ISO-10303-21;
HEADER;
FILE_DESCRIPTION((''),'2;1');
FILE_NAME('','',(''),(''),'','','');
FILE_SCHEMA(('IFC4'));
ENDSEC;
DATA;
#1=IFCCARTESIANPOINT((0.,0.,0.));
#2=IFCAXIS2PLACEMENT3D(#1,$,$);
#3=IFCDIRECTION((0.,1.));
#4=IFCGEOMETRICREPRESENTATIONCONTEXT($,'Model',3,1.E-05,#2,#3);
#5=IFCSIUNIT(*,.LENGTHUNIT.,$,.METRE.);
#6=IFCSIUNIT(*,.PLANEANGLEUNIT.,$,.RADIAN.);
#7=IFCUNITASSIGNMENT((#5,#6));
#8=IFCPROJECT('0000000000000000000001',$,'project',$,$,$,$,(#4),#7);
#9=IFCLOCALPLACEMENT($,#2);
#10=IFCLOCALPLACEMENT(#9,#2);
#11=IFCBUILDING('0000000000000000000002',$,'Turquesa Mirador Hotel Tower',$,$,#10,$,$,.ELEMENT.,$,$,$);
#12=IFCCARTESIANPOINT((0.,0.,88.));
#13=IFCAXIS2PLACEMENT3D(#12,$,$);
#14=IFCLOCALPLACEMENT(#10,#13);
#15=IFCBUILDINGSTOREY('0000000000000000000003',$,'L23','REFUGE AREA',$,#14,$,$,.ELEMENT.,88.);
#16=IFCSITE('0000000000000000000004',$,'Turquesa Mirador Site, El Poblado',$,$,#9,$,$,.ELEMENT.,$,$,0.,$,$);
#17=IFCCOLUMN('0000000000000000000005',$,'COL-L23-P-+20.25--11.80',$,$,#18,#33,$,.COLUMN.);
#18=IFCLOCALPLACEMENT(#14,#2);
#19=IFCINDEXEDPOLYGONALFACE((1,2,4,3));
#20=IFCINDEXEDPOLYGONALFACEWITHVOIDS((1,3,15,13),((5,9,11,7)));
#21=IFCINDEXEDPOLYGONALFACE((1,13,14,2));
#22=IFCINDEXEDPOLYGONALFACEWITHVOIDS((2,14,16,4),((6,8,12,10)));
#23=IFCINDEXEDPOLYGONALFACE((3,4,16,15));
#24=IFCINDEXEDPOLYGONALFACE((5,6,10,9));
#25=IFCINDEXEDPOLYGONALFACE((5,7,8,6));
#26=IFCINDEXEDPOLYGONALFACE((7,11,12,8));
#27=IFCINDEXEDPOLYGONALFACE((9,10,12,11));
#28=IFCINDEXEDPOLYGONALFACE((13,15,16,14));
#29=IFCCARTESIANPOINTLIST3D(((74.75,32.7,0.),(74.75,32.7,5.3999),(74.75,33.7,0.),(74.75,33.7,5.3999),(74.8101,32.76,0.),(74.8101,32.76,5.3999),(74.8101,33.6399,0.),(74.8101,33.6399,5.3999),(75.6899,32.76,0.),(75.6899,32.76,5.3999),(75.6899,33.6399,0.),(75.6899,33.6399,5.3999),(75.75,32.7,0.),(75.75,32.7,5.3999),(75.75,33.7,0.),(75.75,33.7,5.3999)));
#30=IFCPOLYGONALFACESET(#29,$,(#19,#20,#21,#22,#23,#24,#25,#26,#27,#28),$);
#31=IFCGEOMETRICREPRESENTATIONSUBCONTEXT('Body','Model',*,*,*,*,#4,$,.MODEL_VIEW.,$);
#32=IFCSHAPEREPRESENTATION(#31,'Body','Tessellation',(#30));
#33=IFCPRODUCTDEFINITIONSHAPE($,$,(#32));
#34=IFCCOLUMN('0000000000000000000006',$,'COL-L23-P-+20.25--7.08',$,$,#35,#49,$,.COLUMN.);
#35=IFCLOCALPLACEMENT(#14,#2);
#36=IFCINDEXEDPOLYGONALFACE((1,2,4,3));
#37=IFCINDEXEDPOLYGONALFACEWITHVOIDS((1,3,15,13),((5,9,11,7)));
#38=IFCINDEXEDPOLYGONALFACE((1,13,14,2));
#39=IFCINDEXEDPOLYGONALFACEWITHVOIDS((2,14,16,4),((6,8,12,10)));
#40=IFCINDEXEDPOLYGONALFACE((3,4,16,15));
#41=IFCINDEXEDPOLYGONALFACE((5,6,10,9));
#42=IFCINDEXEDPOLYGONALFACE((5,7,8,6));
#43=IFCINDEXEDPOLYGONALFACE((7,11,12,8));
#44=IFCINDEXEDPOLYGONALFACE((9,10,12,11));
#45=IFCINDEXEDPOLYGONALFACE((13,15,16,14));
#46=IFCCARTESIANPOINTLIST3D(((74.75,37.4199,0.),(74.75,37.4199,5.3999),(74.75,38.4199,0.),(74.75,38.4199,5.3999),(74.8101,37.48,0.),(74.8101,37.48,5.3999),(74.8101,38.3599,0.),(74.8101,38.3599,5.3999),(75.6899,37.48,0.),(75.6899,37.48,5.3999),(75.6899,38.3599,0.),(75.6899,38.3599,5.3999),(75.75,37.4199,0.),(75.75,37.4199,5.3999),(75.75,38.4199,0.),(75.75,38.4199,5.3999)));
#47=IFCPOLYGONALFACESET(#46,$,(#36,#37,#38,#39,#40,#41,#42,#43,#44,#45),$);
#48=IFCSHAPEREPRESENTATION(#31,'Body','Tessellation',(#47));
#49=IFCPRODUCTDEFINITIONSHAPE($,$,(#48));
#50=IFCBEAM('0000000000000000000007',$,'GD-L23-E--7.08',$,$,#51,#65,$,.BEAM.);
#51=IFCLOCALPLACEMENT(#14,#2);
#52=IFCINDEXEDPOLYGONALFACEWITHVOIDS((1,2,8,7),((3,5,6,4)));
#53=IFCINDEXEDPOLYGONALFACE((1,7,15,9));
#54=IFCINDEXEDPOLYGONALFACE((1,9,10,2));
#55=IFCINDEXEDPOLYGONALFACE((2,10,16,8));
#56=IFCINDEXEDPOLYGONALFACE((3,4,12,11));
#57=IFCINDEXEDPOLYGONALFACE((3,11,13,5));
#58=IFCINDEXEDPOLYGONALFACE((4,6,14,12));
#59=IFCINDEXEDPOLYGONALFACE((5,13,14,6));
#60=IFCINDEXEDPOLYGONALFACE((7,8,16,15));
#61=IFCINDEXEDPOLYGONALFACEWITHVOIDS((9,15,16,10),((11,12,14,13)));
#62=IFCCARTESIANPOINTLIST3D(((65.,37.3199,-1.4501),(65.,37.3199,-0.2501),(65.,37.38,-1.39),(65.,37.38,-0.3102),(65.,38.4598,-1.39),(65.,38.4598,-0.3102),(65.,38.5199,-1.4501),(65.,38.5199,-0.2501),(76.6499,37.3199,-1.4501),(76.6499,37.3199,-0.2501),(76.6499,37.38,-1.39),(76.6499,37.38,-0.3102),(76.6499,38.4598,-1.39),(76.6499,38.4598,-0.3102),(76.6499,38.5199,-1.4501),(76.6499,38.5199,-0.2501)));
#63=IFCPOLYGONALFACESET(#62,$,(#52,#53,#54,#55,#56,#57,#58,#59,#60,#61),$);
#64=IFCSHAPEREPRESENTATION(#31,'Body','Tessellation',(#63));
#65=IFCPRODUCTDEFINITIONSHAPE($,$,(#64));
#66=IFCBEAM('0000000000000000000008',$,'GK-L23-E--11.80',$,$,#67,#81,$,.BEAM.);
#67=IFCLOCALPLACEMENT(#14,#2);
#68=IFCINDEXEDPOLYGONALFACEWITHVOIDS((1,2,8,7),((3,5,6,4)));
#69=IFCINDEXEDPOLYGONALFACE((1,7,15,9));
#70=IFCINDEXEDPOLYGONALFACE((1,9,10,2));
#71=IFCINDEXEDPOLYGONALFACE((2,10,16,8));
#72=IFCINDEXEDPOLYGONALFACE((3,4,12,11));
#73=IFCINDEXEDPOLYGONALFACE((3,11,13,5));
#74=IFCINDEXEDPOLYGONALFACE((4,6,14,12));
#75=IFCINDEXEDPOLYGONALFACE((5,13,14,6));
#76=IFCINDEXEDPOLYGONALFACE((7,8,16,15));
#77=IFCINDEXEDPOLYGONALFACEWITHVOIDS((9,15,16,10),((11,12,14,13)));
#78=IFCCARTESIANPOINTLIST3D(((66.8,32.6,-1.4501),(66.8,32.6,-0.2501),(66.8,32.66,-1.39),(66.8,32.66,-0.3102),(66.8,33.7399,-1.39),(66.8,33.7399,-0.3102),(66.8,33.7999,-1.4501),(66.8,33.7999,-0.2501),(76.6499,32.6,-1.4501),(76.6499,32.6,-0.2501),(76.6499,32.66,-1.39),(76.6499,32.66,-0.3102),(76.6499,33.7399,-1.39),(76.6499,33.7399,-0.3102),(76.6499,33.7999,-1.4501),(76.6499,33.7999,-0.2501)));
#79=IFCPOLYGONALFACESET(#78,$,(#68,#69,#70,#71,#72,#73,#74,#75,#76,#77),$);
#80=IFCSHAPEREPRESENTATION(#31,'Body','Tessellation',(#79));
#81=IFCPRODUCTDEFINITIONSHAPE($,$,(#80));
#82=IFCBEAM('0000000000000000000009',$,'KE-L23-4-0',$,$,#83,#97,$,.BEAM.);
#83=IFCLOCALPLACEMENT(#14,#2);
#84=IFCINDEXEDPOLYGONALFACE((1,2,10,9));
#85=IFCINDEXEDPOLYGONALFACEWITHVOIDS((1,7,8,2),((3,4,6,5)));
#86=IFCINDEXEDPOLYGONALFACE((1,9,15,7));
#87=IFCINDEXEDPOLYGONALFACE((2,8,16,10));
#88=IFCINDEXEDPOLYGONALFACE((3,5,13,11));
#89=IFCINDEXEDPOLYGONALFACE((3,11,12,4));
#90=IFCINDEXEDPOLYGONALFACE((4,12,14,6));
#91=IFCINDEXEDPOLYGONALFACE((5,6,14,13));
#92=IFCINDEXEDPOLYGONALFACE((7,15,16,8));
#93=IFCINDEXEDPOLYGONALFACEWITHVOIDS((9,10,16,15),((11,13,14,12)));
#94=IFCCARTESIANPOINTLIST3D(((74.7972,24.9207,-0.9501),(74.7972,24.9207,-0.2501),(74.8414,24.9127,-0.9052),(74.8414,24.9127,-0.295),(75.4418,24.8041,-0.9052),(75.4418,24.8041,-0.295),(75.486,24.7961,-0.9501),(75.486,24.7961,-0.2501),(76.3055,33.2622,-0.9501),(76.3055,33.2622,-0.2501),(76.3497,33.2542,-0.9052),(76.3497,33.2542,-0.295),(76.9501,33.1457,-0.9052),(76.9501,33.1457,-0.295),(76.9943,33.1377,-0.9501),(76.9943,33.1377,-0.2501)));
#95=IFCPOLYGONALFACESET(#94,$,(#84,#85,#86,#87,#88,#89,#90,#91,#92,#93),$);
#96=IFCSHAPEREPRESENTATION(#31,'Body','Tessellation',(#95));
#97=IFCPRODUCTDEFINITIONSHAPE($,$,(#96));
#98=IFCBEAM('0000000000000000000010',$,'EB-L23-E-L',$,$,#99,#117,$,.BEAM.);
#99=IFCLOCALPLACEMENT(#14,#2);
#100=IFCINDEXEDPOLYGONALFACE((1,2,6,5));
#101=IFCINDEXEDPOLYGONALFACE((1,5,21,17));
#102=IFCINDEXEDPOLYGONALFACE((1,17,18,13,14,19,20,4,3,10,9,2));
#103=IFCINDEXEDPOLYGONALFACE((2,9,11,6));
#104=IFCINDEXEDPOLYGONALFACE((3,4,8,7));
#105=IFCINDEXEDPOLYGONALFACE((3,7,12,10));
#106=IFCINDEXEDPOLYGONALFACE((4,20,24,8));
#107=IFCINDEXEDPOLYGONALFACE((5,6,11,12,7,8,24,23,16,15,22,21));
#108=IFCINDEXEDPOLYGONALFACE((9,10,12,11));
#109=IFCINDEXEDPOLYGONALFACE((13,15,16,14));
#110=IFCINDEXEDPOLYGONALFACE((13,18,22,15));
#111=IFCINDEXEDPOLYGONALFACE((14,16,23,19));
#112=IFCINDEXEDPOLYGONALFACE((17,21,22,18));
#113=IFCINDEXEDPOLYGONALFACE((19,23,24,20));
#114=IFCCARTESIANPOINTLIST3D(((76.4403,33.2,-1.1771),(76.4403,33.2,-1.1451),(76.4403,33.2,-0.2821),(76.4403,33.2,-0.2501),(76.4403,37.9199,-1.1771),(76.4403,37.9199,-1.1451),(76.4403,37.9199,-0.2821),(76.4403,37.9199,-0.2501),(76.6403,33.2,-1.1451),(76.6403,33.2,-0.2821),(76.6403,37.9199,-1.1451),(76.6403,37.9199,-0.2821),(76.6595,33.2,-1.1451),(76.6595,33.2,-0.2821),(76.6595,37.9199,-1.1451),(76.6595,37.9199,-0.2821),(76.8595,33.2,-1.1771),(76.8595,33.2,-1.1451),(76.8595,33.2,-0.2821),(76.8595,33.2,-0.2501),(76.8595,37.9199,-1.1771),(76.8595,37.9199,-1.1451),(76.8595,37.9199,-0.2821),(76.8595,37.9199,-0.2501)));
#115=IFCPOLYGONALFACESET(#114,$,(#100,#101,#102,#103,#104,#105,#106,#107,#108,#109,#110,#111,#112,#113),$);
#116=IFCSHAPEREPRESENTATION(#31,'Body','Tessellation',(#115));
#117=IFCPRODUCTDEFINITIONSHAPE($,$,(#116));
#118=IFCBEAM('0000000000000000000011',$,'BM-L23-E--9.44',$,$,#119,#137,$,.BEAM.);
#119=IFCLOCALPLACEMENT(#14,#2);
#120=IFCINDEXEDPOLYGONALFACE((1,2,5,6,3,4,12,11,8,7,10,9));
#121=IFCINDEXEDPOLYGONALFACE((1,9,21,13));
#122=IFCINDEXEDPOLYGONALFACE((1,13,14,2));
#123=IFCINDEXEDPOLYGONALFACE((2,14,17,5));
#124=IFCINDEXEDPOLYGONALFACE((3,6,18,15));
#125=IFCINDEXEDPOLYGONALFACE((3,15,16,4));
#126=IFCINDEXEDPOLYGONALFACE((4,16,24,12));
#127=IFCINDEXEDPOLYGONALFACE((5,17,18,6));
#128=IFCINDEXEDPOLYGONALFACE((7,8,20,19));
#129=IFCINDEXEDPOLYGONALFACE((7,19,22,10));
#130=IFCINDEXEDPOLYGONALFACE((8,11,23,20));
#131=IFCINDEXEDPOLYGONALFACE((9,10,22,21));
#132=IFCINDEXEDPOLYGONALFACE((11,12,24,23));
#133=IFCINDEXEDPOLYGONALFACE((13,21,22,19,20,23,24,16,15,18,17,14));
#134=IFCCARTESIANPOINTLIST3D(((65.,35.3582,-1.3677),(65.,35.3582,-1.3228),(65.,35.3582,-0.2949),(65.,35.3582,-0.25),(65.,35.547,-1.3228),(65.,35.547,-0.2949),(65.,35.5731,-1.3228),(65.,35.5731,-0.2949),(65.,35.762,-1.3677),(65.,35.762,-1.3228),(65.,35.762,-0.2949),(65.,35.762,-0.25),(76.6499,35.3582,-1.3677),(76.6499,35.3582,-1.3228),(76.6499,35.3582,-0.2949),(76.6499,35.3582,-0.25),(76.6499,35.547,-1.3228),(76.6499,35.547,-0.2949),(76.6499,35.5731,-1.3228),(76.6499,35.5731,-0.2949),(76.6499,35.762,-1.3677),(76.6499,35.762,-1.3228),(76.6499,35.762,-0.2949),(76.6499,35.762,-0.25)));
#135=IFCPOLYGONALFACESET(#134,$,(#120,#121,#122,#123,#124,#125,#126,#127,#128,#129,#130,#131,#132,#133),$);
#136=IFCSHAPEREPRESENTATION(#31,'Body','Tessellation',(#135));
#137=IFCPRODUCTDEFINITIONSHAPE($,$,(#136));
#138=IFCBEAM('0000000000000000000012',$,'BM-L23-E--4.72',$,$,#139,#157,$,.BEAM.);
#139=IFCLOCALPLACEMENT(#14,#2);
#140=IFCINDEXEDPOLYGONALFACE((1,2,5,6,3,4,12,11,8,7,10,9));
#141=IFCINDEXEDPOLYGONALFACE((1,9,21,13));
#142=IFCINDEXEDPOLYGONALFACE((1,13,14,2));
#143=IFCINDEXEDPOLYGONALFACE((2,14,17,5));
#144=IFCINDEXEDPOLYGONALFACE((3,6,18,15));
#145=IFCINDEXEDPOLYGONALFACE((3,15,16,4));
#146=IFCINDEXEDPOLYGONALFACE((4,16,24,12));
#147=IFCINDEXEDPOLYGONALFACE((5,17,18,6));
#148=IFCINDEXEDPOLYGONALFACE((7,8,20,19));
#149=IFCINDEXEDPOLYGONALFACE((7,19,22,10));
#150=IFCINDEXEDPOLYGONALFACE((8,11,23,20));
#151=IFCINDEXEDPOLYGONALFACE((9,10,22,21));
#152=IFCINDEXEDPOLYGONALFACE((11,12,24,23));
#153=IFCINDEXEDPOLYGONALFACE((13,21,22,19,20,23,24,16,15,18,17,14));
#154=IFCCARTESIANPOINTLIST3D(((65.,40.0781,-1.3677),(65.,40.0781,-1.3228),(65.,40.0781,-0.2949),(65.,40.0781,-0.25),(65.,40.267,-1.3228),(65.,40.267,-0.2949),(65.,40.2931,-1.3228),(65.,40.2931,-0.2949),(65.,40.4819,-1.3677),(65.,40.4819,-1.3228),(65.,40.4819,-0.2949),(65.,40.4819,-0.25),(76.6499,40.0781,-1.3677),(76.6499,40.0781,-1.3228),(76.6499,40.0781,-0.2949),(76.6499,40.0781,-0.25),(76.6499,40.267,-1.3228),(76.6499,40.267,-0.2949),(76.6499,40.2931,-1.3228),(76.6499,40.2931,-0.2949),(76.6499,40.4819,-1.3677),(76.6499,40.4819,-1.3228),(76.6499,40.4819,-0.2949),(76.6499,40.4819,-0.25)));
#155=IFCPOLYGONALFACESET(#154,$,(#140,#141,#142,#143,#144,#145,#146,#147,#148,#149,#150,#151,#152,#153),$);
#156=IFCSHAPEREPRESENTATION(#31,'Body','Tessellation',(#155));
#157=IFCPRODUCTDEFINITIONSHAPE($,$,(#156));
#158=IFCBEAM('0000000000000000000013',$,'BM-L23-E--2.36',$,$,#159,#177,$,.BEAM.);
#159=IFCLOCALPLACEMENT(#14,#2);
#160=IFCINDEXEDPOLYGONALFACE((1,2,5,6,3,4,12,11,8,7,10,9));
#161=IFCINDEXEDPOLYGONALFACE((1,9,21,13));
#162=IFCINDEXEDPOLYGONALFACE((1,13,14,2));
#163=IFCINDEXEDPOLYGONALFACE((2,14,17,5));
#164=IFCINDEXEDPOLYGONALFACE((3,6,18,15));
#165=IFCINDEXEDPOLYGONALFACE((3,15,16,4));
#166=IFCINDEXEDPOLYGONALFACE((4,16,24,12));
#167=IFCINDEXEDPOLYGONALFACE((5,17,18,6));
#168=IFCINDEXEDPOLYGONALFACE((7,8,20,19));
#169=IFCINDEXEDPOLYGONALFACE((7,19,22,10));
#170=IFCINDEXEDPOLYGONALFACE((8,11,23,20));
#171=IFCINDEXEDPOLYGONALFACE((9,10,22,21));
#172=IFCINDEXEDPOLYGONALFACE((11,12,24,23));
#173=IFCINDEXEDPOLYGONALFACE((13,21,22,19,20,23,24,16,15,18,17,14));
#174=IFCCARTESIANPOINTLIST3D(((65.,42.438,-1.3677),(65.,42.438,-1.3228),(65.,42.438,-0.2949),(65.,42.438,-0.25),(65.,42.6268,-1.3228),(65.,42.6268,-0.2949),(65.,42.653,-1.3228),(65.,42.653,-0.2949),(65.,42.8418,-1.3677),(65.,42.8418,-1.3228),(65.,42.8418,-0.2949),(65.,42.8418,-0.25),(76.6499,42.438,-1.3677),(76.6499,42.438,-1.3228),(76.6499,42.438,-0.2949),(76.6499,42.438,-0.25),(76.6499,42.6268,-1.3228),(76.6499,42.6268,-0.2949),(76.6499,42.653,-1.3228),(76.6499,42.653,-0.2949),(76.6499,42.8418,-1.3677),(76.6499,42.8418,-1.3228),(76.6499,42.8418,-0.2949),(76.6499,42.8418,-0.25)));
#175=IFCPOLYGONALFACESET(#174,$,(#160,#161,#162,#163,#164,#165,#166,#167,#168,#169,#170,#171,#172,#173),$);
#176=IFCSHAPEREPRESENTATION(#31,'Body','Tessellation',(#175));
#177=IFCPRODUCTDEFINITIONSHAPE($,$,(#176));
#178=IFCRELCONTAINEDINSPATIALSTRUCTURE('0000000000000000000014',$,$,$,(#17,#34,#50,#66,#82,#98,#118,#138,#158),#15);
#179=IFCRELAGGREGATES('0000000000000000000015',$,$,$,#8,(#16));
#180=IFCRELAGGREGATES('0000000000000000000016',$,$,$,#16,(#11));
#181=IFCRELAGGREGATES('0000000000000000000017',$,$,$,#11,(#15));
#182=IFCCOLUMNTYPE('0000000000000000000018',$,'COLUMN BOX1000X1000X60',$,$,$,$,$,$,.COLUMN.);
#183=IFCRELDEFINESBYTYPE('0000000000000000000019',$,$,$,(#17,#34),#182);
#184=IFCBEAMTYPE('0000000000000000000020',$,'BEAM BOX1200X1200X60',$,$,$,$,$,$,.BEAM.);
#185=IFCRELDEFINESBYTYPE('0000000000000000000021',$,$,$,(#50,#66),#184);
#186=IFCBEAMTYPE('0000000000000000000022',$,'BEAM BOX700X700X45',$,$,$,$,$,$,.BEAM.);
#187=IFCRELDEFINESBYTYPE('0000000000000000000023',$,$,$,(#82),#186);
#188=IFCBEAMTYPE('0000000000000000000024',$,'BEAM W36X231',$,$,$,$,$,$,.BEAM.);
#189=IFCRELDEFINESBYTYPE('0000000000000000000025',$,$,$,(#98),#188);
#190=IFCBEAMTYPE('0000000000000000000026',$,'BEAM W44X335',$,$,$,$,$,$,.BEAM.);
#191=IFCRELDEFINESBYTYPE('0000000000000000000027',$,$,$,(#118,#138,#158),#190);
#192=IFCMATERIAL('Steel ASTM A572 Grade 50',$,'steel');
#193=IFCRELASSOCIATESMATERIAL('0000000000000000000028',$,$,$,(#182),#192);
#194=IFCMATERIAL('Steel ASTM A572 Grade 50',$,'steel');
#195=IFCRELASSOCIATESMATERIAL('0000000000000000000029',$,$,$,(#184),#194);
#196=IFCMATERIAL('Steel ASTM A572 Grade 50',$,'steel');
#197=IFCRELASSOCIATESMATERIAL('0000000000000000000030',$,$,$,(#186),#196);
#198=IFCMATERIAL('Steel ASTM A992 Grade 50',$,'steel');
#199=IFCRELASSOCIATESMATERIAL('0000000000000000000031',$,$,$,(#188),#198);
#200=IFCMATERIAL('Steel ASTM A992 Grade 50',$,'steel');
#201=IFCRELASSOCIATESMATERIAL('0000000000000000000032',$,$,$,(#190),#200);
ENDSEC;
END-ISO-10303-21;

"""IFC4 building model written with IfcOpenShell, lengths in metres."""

from ifc_helpers import new_model, si_unit, direction, frame, origin, origin_2d, place, context, subcontext, project, spatial, hollow_rectangle, i_section, extrude, material, material_profile, profile_set, type_object, element, save


model = new_model("IFC4")

# Units and contexts
model_context = context("Model", 3, precision=1e-05, world=origin(), true_north=direction((0.0, 1.0)))
body_context = subcontext(model_context, "Body", "Model", "MODEL_VIEW")
ifc_project = project(units=[si_unit("LENGTHUNIT", "METRE"), si_unit("PLANEANGLEUNIT", "RADIAN")], contexts=[model_context])

# Site, building, storey
site_placement = place(None, origin())
site = spatial("IfcSite", under=ifc_project, at=site_placement, Name="Turquesa Mirador Site, El Poblado", CompositionType="ELEMENT", RefElevation=0.0)
building_placement = place(site_placement, origin())
building = spatial("IfcBuilding", under=site, at=building_placement, Name="Turquesa Mirador Hotel Tower", CompositionType="ELEMENT")
storey_placement = place(building_placement, frame((0.0, 0.0, 88.0)))
storey = spatial("IfcBuildingStorey", under=building, at=storey_placement, Name="L23", Description="REFUGE AREA", CompositionType="ELEMENT", Elevation=88.0)

# Columns
ifc_material_1 = material(Name="Steel ASTM A572 Grade 50", Category="steel")
ifc_material_profile_1 = material_profile(ifc_material_1, hollow_rectangle(XDim=1.0, YDim=1.0, WallThickness=0.0601, at=origin_2d()), Name="BOX1000X1000X60")
ifc_profile_set_1 = profile_set([ifc_material_profile_1], Name="Steel ASTM A572 Grade 50")
column_type = type_object("IfcColumnType", Name="COLUMN BOX1000X1000X60", PredefinedType="COLUMN", material=ifc_profile_set_1)
for number, where, z_axis, x_axis, name in (
    (1, (75.25, 33.2, 0.0), (0.0, 0.0, 1.0), (1.0, 0.0, 0.0), "COL-L23-P-+20.25--11.80"),
    (2, (75.25, 37.9199, 0.0), (0.0, 0.0, 1.0), (1.0, 0.0, 0.0), "COL-L23-P-+20.25--7.08"),
):
    element("IfcColumn", number, at=place(storey_placement, frame(where, z_axis=z_axis, x_axis=x_axis)), inside=storey, type_object=column_type, Name=name, PredefinedType="COLUMN", context=body_context, shape_type="SweptSolid", body=[
        extrude(hollow_rectangle(XDim=1.0, YDim=1.0, WallThickness=0.0601, at=origin_2d()), origin(), (0.0, 0.0, 1.0), 5.3999),
    ])

# Beams
ifc_material_2 = material(Name="Steel ASTM A572 Grade 50", Category="steel")
ifc_material_profile_2 = material_profile(ifc_material_2, hollow_rectangle(XDim=1.2, YDim=1.2, WallThickness=0.0601, at=origin_2d()), Name="BOX1200X1200X60")
ifc_profile_set_2 = profile_set([ifc_material_profile_2], Name="Steel ASTM A572 Grade 50")
beam_type_1 = type_object("IfcBeamType", Name="BEAM BOX1200X1200X60", PredefinedType="BEAM", material=ifc_profile_set_2)
beam_1_placement = place(storey_placement, frame((76.6499, 37.9199, -0.8501), z_axis=(-1.0, 0.0, 0.0), x_axis=(0.0, -1.0, 0.0)))
element("IfcBeam", 3, at=beam_1_placement, inside=storey, type_object=beam_type_1, Name="GD-L23-E--7.08", PredefinedType="BEAM", context=body_context, shape_type="SweptSolid", body=[
    extrude(hollow_rectangle(XDim=1.2, YDim=1.2, WallThickness=0.0601, at=origin_2d()), origin(), (0.0, 0.0, 1.0), 11.6499),
])
beam_2_placement = place(storey_placement, frame((76.6499, 33.2, -0.8501), z_axis=(-1.0, 0.0, 0.0), x_axis=(0.0, -1.0, 0.0)))
element("IfcBeam", 4, at=beam_2_placement, inside=storey, type_object=beam_type_1, Name="GK-L23-E--11.80", PredefinedType="BEAM", context=body_context, shape_type="SweptSolid", body=[
    extrude(hollow_rectangle(XDim=1.2, YDim=1.2, WallThickness=0.0601, at=origin_2d()), origin(), (0.0, 0.0, 1.0), 9.8499),
])
ifc_material_3 = material(Name="Steel ASTM A572 Grade 50", Category="steel")
ifc_material_profile_3 = material_profile(ifc_material_3, hollow_rectangle(XDim=0.7, YDim=0.7, WallThickness=0.0449, at=origin_2d()), Name="BOX700X700X45")
ifc_profile_set_3 = profile_set([ifc_material_profile_3], Name="Steel ASTM A572 Grade 50")
beam_type_2 = type_object("IfcBeamType", Name="BEAM BOX700X700X45", PredefinedType="BEAM", material=ifc_profile_set_3)
beam_3_placement = place(storey_placement, frame((76.6499, 33.2, -0.6001), z_axis=(-0.177932, -0.984043, 0.0), x_axis=(0.984043, -0.177932, 0.0)))
element("IfcBeam", 5, at=beam_3_placement, inside=storey, type_object=beam_type_2, Name="KE-L23-4-0", PredefinedType="BEAM", context=body_context, shape_type="SweptSolid", body=[
    extrude(hollow_rectangle(XDim=0.7, YDim=0.7, WallThickness=0.0449, at=origin_2d()), origin(), (0.0, 0.0, 1.0), 8.4768),
])
ifc_material_4 = material(Name="Steel ASTM A992 Grade 50", Category="steel")
ifc_material_profile_4 = material_profile(ifc_material_4, i_section(OverallWidth=0.4192, OverallDepth=0.927, WebThickness=0.0193, FlangeThickness=0.032, at=origin_2d()), Name="W36X231")
ifc_profile_set_4 = profile_set([ifc_material_profile_4], Name="Steel ASTM A992 Grade 50")
beam_type_3 = type_object("IfcBeamType", Name="BEAM W36X231", PredefinedType="BEAM", material=ifc_profile_set_4)
beam_4_placement = place(storey_placement, frame((76.6499, 33.2, -0.7136), z_axis=(0.0, 1.0, 0.0), x_axis=(-1.0, 0.0, 0.0)))
element("IfcBeam", 6, at=beam_4_placement, inside=storey, type_object=beam_type_3, Name="EB-L23-E-L", PredefinedType="BEAM", context=body_context, shape_type="SweptSolid", body=[
    extrude(i_section(OverallWidth=0.4192, OverallDepth=0.927, WebThickness=0.0193, FlangeThickness=0.032, at=origin_2d()), origin(), (0.0, 0.0, 1.0), 4.72),
])
ifc_material_5 = material(Name="Steel ASTM A992 Grade 50", Category="steel")
ifc_material_profile_5 = material_profile(ifc_material_5, i_section(OverallWidth=0.4038, OverallDepth=1.1177, WebThickness=0.0261, FlangeThickness=0.0449, at=origin_2d()), Name="W44X335")
ifc_profile_set_5 = profile_set([ifc_material_profile_5], Name="Steel ASTM A992 Grade 50")
beam_type_4 = type_object("IfcBeamType", Name="BEAM W44X335", PredefinedType="BEAM", material=ifc_profile_set_5)
for number, where, z_axis, x_axis, name in (
    (7, (76.6499, 35.5601, -0.8088), (-1.0, 0.0, 0.0), (0.0, -1.0, 0.0), "BM-L23-E--9.44"),
    (8, (76.6499, 40.28, -0.8088), (-1.0, 0.0, 0.0), (0.0, -1.0, 0.0), "BM-L23-E--4.72"),
    (9, (76.6499, 42.6399, -0.8088), (-1.0, 0.0, 0.0), (0.0, -1.0, 0.0), "BM-L23-E--2.36"),
):
    element("IfcBeam", number, at=place(storey_placement, frame(where, z_axis=z_axis, x_axis=x_axis)), inside=storey, type_object=beam_type_4, Name=name, PredefinedType="BEAM", context=body_context, shape_type="SweptSolid", body=[
        extrude(i_section(OverallWidth=0.4038, OverallDepth=1.1177, WebThickness=0.0261, FlangeThickness=0.0449, at=origin_2d()), origin(), (0.0, 0.0, 1.0), 11.6499),
    ])

save(model, "model.ifc")
